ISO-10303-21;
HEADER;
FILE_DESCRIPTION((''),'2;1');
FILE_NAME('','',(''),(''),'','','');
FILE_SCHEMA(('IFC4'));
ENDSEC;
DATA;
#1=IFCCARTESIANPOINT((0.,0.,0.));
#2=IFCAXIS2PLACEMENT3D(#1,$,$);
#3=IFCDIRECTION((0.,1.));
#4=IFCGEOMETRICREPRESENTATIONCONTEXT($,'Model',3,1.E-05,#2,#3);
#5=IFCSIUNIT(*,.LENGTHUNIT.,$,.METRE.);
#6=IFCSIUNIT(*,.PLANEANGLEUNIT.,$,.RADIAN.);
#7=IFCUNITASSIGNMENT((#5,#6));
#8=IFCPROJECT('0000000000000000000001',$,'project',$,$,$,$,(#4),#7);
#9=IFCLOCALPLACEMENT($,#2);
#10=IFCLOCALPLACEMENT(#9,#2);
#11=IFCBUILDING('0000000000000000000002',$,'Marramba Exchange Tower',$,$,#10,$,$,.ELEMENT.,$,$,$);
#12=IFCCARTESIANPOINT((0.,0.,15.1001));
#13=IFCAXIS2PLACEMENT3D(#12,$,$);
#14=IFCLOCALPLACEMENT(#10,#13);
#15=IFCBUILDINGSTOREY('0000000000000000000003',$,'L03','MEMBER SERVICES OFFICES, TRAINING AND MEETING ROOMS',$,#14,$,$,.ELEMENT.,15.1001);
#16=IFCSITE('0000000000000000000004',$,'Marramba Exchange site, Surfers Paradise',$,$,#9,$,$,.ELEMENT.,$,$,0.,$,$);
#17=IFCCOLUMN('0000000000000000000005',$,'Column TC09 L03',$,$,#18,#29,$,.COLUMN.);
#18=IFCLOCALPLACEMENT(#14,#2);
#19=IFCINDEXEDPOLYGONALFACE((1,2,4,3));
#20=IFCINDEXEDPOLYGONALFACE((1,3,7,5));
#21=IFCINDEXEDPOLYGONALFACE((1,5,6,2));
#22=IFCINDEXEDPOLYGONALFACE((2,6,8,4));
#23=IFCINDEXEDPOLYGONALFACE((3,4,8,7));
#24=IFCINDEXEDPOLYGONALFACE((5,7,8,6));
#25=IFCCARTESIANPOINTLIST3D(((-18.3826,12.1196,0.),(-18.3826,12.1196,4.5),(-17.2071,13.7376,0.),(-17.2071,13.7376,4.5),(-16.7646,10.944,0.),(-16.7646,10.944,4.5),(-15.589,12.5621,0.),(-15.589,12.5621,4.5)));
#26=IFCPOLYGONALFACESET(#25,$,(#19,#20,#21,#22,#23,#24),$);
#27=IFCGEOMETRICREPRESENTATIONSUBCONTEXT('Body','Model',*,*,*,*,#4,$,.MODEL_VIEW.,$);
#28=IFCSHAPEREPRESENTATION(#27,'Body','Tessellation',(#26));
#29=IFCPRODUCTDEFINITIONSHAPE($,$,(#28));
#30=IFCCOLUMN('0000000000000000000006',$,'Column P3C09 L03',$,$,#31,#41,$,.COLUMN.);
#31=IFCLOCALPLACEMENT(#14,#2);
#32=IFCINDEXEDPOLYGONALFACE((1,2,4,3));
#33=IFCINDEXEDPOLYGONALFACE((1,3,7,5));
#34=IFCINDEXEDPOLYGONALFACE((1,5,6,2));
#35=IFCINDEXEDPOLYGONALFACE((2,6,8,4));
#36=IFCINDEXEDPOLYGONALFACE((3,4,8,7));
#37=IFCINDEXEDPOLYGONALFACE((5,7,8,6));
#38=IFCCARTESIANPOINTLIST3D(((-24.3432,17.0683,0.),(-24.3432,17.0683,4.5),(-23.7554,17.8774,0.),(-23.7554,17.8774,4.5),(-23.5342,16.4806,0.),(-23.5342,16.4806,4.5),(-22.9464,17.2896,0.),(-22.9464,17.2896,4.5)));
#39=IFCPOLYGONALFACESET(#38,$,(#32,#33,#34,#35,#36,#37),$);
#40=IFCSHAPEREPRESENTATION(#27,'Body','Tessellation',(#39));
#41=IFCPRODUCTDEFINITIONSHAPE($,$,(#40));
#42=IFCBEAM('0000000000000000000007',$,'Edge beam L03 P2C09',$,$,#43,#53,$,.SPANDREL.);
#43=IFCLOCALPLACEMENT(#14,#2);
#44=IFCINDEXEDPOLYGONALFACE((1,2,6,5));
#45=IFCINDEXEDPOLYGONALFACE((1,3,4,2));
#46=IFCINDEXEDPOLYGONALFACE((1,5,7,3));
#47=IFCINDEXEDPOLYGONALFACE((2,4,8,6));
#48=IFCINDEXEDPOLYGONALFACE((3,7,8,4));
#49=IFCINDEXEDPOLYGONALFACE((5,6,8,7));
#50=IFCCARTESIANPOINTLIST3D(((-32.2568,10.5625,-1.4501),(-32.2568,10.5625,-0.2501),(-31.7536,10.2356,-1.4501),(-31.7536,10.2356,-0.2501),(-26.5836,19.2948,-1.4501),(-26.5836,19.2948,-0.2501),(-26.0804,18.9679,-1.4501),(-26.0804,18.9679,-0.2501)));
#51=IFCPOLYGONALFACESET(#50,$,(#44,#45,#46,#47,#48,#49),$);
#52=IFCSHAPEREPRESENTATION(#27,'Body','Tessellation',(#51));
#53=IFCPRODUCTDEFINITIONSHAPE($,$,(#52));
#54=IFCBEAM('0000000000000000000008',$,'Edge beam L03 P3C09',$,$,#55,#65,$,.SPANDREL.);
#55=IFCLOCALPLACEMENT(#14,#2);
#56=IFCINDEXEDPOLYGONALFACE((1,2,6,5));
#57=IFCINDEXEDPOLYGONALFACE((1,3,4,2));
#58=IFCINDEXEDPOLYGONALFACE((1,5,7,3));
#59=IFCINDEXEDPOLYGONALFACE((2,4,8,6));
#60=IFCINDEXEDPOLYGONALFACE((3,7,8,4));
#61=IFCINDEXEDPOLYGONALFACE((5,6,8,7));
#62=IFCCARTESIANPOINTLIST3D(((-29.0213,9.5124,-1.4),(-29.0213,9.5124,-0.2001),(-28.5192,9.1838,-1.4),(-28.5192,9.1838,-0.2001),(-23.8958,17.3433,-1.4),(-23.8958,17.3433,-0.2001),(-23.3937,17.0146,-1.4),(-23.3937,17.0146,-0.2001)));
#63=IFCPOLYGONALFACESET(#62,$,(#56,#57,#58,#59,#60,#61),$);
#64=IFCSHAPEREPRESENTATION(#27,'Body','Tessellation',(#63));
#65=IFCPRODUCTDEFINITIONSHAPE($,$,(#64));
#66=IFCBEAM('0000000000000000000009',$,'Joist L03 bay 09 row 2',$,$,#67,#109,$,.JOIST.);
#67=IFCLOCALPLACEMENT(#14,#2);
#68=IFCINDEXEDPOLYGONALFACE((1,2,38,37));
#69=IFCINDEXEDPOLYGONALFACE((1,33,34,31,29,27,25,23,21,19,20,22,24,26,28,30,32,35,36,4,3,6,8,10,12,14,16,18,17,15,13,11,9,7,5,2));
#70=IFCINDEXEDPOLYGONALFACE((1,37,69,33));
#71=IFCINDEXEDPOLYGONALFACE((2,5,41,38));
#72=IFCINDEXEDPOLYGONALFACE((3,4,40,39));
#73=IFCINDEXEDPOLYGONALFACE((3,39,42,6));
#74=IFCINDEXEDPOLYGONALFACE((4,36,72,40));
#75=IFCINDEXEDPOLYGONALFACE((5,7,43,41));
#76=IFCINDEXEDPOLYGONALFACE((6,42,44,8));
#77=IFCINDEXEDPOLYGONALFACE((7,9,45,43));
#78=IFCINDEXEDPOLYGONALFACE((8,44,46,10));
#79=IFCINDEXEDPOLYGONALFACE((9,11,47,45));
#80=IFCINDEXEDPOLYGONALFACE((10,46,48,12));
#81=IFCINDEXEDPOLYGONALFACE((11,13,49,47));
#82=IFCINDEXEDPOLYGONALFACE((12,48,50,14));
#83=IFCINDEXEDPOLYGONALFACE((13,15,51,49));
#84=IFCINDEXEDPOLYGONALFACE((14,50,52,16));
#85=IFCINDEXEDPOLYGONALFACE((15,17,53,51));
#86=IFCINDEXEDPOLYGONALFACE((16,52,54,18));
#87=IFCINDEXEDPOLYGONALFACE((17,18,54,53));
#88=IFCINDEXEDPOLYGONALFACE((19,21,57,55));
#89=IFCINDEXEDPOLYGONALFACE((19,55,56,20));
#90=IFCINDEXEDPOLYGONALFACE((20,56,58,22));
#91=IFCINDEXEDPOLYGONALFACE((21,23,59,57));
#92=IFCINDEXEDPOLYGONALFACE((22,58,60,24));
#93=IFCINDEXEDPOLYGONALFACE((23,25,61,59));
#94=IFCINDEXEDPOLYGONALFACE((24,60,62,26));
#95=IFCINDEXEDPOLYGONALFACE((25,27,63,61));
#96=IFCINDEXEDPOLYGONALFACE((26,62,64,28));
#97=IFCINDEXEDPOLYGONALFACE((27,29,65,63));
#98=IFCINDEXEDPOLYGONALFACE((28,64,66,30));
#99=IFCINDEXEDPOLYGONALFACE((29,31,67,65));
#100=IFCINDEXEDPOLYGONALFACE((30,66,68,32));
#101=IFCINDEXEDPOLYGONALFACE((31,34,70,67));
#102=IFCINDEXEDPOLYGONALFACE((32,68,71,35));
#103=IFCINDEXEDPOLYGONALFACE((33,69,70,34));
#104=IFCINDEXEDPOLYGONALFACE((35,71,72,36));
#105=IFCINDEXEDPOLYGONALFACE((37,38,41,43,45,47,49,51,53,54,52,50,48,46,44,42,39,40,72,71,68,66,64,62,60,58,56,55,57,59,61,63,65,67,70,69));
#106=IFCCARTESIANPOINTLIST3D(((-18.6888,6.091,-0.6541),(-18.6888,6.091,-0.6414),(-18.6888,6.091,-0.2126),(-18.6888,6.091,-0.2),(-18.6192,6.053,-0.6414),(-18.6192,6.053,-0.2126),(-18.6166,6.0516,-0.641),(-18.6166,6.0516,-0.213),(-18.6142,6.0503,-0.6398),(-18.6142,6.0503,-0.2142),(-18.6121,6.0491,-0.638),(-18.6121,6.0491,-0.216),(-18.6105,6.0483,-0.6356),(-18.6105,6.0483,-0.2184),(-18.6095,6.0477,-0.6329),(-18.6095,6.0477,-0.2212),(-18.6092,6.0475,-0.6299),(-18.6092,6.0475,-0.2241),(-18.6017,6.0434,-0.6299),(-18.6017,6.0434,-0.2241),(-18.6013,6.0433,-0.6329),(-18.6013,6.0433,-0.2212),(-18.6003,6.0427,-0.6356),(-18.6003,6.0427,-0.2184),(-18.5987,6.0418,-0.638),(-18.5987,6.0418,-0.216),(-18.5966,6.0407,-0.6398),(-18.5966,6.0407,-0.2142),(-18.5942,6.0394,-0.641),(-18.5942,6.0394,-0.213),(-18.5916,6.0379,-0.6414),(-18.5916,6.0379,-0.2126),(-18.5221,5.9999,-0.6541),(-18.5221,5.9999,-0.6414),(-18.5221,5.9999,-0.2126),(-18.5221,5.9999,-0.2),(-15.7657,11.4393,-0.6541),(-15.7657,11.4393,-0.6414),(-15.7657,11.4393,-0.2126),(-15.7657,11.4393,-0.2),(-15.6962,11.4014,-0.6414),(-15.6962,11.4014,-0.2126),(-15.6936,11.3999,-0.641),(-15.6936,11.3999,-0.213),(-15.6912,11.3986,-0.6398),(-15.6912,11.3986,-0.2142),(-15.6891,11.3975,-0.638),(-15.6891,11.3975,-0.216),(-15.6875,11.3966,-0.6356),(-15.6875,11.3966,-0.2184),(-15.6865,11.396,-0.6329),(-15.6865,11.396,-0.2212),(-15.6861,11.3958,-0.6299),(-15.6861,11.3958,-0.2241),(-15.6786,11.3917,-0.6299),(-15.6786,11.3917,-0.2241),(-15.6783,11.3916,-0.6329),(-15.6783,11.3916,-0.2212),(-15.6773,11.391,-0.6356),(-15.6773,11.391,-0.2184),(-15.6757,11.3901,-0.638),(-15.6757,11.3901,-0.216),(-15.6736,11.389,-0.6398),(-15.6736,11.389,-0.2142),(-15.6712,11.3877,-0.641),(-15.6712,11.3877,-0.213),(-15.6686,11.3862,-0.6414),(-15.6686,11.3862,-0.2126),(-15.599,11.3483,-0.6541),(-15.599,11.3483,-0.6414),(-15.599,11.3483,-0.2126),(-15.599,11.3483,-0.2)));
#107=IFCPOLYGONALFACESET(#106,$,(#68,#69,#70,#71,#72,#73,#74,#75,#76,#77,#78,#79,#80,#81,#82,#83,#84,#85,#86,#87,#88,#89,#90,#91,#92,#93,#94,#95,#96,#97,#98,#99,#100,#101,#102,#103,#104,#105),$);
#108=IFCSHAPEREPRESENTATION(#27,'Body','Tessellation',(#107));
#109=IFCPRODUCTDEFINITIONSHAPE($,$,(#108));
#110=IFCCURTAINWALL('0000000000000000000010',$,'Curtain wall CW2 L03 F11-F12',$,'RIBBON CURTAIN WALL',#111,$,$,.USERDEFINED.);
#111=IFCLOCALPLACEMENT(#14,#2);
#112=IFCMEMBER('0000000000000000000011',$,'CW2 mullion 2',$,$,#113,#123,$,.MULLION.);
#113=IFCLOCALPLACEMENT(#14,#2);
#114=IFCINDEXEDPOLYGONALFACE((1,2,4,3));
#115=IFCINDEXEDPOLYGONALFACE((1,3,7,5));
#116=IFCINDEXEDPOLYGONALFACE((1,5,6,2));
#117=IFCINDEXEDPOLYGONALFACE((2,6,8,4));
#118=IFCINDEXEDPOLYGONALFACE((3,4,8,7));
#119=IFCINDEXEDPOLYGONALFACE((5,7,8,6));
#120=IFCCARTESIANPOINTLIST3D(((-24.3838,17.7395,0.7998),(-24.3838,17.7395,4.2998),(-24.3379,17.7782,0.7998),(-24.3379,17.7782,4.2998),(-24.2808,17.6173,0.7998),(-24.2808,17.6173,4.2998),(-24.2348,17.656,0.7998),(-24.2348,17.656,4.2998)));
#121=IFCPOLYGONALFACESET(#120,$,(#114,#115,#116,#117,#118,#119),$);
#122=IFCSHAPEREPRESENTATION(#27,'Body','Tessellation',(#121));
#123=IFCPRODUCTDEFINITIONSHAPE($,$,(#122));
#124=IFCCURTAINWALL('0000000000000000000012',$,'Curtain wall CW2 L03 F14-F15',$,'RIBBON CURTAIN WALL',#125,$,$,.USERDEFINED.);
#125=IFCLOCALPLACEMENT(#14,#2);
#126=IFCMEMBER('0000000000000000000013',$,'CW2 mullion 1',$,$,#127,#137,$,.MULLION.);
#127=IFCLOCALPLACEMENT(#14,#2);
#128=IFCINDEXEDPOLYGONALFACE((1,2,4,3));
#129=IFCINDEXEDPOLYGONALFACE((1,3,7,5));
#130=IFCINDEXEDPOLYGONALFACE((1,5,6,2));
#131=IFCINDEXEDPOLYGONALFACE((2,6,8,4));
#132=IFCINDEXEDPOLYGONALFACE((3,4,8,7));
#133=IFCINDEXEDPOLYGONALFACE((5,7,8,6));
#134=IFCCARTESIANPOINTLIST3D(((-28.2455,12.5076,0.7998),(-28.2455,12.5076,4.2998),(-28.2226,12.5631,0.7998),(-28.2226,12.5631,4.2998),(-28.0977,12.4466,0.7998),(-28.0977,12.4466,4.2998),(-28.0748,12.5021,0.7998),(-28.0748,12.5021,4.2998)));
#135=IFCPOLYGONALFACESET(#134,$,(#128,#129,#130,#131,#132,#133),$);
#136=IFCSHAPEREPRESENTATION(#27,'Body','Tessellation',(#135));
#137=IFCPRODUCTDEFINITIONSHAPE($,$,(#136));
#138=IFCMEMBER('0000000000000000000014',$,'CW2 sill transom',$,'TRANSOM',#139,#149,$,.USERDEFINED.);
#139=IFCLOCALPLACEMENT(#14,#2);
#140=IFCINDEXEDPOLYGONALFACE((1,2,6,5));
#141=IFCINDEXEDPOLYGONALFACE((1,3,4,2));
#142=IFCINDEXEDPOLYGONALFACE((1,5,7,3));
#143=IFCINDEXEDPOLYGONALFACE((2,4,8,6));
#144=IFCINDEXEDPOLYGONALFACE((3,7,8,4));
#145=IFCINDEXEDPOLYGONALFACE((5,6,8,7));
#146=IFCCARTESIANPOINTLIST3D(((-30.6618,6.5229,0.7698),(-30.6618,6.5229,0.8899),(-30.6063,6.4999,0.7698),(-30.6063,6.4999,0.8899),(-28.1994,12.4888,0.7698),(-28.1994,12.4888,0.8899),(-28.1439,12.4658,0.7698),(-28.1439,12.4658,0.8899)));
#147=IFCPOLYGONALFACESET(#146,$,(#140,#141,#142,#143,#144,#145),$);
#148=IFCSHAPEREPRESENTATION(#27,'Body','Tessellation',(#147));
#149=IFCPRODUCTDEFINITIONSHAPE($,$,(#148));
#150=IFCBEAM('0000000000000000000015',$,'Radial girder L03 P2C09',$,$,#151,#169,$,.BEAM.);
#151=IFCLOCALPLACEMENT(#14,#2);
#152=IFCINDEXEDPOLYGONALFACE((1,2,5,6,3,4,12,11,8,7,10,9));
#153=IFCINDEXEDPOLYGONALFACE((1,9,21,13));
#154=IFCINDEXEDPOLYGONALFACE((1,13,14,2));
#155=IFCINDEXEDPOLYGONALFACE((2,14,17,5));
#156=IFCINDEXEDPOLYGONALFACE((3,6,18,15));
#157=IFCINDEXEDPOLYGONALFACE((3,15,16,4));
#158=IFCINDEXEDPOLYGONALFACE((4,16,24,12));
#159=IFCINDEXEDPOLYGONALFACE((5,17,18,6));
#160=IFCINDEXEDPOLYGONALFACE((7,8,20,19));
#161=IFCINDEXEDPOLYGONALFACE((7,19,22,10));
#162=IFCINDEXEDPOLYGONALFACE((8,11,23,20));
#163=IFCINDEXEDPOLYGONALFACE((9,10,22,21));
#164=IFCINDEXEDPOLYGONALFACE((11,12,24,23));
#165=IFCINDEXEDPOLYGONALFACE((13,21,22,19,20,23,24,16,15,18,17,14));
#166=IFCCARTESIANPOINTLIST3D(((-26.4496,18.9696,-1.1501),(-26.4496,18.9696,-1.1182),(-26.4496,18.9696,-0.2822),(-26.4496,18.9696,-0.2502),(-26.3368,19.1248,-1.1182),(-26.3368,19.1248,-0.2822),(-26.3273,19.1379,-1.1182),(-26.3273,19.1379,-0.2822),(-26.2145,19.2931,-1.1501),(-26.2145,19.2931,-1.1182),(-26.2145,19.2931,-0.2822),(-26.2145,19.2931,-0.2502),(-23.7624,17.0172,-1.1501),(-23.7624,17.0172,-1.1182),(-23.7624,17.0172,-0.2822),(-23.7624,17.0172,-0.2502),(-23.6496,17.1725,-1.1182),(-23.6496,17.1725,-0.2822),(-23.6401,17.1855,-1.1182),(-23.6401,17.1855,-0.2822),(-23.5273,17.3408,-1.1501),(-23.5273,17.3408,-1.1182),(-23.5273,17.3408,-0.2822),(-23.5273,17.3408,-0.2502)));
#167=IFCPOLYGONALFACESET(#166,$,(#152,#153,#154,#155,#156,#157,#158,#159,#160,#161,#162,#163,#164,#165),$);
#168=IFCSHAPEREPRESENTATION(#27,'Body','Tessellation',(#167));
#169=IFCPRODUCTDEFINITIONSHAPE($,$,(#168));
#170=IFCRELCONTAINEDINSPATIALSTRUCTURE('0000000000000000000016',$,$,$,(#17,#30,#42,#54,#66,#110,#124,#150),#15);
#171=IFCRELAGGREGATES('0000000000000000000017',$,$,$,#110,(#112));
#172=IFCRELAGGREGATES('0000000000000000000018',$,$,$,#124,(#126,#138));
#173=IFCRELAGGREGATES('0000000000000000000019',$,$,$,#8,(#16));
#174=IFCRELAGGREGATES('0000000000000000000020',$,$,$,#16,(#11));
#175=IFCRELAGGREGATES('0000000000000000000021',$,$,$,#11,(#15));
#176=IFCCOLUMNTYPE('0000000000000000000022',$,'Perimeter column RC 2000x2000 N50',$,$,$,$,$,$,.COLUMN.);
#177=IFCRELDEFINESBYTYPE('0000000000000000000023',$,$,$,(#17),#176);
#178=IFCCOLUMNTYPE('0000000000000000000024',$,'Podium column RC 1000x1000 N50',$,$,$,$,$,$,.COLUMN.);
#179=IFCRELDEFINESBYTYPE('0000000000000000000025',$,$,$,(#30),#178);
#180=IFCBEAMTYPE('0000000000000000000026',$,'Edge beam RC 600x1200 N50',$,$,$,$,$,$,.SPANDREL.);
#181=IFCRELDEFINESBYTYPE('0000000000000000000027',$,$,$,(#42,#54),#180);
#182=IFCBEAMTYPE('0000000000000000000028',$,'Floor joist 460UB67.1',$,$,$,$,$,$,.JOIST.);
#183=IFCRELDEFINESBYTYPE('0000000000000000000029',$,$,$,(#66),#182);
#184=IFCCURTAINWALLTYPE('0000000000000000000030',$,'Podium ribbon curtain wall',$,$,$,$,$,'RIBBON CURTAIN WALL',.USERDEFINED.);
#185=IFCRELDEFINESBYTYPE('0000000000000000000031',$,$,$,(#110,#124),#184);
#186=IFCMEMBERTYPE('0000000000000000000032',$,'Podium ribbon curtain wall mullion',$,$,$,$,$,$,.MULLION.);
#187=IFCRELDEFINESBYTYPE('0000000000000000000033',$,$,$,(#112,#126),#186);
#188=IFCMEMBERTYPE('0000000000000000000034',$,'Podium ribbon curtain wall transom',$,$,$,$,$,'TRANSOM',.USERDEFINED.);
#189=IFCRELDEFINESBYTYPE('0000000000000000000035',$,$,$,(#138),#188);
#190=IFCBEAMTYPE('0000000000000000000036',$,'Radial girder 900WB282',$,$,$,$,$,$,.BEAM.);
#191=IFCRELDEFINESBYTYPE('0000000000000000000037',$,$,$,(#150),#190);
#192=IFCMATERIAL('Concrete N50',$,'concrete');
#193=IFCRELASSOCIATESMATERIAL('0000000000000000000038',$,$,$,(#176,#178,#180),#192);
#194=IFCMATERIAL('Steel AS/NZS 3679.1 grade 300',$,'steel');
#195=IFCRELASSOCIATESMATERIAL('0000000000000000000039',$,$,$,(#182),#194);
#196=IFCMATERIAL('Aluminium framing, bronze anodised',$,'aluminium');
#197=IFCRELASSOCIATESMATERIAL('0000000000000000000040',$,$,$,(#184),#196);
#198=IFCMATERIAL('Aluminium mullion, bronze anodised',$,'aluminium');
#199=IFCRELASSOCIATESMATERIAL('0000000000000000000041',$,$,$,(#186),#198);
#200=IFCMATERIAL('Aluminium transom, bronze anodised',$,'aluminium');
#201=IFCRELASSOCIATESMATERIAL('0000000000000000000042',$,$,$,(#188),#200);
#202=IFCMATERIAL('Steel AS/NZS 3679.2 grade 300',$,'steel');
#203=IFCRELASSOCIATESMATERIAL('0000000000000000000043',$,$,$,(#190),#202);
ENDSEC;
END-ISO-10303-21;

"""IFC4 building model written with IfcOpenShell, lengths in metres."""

from ifc_helpers import new_model, si_unit, direction, frame, origin, origin_2d, place, context, subcontext, project, spatial, rectangle, i_section, extrude, material, material_profile, profile_set, type_object, element, aggregate, save


model = new_model("IFC4")

# Units and contexts
model_context = context("Model", 3, precision=1e-05, world=origin(), true_north=direction((0.0, 1.0)))
body_context = subcontext(model_context, "Body", "Model", "MODEL_VIEW")
ifc_project = project(units=[si_unit("LENGTHUNIT", "METRE"), si_unit("PLANEANGLEUNIT", "RADIAN")], contexts=[model_context])

# Site, building, storey
site_placement = place(None, origin())
site = spatial("IfcSite", under=ifc_project, at=site_placement, Name="Marramba Exchange site, Surfers Paradise", CompositionType="ELEMENT", RefElevation=0.0)
building_placement = place(site_placement, origin())
building = spatial("IfcBuilding", under=site, at=building_placement, Name="Marramba Exchange Tower", CompositionType="ELEMENT")
storey_placement = place(building_placement, frame((0.0, 0.0, 15.1001)))
storey = spatial("IfcBuildingStorey", under=building, at=storey_placement, Name="L03", Description="MEMBER SERVICES OFFICES, TRAINING AND MEETING ROOMS", CompositionType="ELEMENT", Elevation=15.1001)

# Columns
ifc_material_1 = material(Name="Concrete N50", Category="concrete")
ifc_material_profile_1 = material_profile(ifc_material_1, rectangle(XDim=2.0, YDim=2.0, at=origin_2d()), Name="RC 2000x2000")
ifc_profile_set_1 = profile_set([ifc_material_profile_1], Name="Concrete N50")
column_type_1 = type_object("IfcColumnType", Name="Perimeter column RC 2000x2000 N50", PredefinedType="COLUMN", material=ifc_profile_set_1)
column_1_placement = place(storey_placement, frame((-16.9858, 12.3408, 0.0), z_axis=(0.0, 0.0, 1.0), x_axis=(-0.809017, 0.587785, 0.0)))
element("IfcColumn", 1, at=column_1_placement, inside=storey, type_object=column_type_1, Name="Column TC09 L03", PredefinedType="COLUMN", context=body_context, shape_type="SweptSolid", body=[
    extrude(rectangle(XDim=2.0, YDim=2.0, at=origin_2d()), origin(), (0.0, 0.0, 1.0), 4.5),
])
ifc_material_profile_2 = material_profile(ifc_material_1, rectangle(XDim=1.0, YDim=1.0, at=origin_2d()), Name="RC 1000x1000")
ifc_profile_set_2 = profile_set([ifc_material_profile_2], Name="Concrete N50")
column_type_2 = type_object("IfcColumnType", Name="Podium column RC 1000x1000 N50", PredefinedType="COLUMN", material=ifc_profile_set_2)
column_2_placement = place(storey_placement, frame((-23.6448, 17.179, 0.0), z_axis=(0.0, 0.0, 1.0), x_axis=(-0.809017, 0.587785, 0.0)))
element("IfcColumn", 2, at=column_2_placement, inside=storey, type_object=column_type_2, Name="Column P3C09 L03", PredefinedType="COLUMN", context=body_context, shape_type="SweptSolid", body=[
    extrude(rectangle(XDim=1.0, YDim=1.0, at=origin_2d()), origin(), (0.0, 0.0, 1.0), 4.5),
])

# Beams
ifc_material_profile_3 = material_profile(ifc_material_1, rectangle(XDim=0.6001, YDim=1.2, at=origin_2d()), Name="RC 600x1200")
ifc_profile_set_3 = profile_set([ifc_material_profile_3], Name="Concrete N50")
beam_type_1 = type_object("IfcBeamType", Name="Edge beam RC 600x1200 N50", PredefinedType="SPANDREL", material=ifc_profile_set_3)
beam_1_placement = place(storey_placement, frame((-26.332, 19.1313, -0.8501), z_axis=(-0.544798, -0.838567, 0.0), x_axis=(0.838567, -0.544798, 0.0)))
element("IfcBeam", 3, at=beam_1_placement, inside=storey, type_object=beam_type_1, Name="Edge beam L03 P2C09", PredefinedType="SPANDREL", context=body_context, shape_type="SweptSolid", body=[
    extrude(rectangle(XDim=0.6001, YDim=1.2, at=origin_2d()), origin(), (0.0, 0.0, 1.0), 10.4133),
])
beam_2_placement = place(storey_placement, frame((-23.6448, 17.179, -0.8), z_axis=(-0.547649, -0.836708, 0.0), x_axis=(0.836708, -0.547649, 0.0)))
element("IfcBeam", 4, at=beam_2_placement, inside=storey, type_object=beam_type_1, Name="Edge beam L03 P3C09", PredefinedType="SPANDREL", context=body_context, shape_type="SweptSolid", body=[
    extrude(rectangle(XDim=0.6001, YDim=1.2, at=origin_2d()), origin(), (0.0, 0.0, 1.0), 9.3591),
])
ifc_material_2 = material(Name="Steel AS/NZS 3679.1 grade 300", Category="steel")
ifc_material_profile_4 = material_profile(ifc_material_2, i_section(OverallWidth=0.1899, OverallDepth=0.4541, WebThickness=0.0085, FlangeThickness=0.0127, FilletRadius=0.0115, at=origin_2d()), Name="460UB67.1")
ifc_profile_set_4 = profile_set([ifc_material_profile_4], Name="Steel AS/NZS 3679.1 grade 300")
beam_type_2 = type_object("IfcBeamType", Name="Floor joist 460UB67.1", PredefinedType="JOIST", material=ifc_profile_set_4)
beam_3_placement = place(storey_placement, frame((-15.6824, 11.3938, -0.427), z_axis=(-0.479584, -0.877496, 0.0), x_axis=(0.877496, -0.479584, 0.0)))
element("IfcBeam", 5, at=beam_3_placement, inside=storey, type_object=beam_type_2, Name="Joist L03 bay 09 row 2", PredefinedType="JOIST", context=body_context, shape_type="SweptSolid", body=[
    extrude(i_section(OverallWidth=0.1899, OverallDepth=0.4541, WebThickness=0.0085, FlangeThickness=0.0127, FilletRadius=0.0115, at=origin_2d()), origin(), (0.0, 0.0, 1.0), 6.095),
])

# Curtain wall, member
ifc_material_3 = material(Name="Aluminium framing, bronze anodised", Category="aluminium")
curtain_wall_type = type_object("IfcCurtainWallType", Name="Podium ribbon curtain wall", ElementType="RIBBON CURTAIN WALL", PredefinedType="USERDEFINED", material=ifc_material_3)
curtain_wall_1_placement = place(storey_placement, origin())
curtain_wall_1 = element("IfcCurtainWall", 6, at=curtain_wall_1_placement, inside=storey, type_object=curtain_wall_type, Name="Curtain wall CW2 L03 F11-F12", ObjectType="RIBBON CURTAIN WALL", PredefinedType="USERDEFINED")
ifc_material_4 = material(Name="Aluminium mullion, bronze anodised", Category="aluminium")
ifc_material_profile_5 = material_profile(ifc_material_4, rectangle(XDim=0.1599, YDim=0.0601, at=origin_2d()), Name="CW2 mullion 60x160")
ifc_profile_set_5 = profile_set([ifc_material_profile_5], Name="Aluminium mullion, bronze anodised")
member_type_1 = type_object("IfcMemberType", Name="Podium ribbon curtain wall mullion", PredefinedType="MULLION", material=ifc_profile_set_5)
member_1_placement = place(storey_placement, frame((-24.3093, 17.6978, 0.7998), z_axis=(0.0, 0.0, 1.0), x_axis=(0.64439, -0.764697, 0.0)))
member_1 = element("IfcMember", 7, at=member_1_placement, type_object=member_type_1, Name="CW2 mullion 2", PredefinedType="MULLION", context=body_context, shape_type="SweptSolid", body=[
    extrude(rectangle(XDim=0.1599, YDim=0.0601, at=origin_2d()), origin(), (0.0, 0.0, 1.0), 3.5),
])
aggregate(curtain_wall_1, [member_1])

# Curtain wall, members
curtain_wall_2_placement = place(storey_placement, origin())
curtain_wall_2 = element("IfcCurtainWall", 8, at=curtain_wall_2_placement, inside=storey, type_object=curtain_wall_type, Name="Curtain wall CW2 L03 F14-F15", ObjectType="RIBBON CURTAIN WALL", PredefinedType="USERDEFINED")
member_2_placement = place(storey_placement, frame((-28.1602, 12.5049, 0.7998), z_axis=(0.0, 0.0, 1.0), x_axis=(0.924363, -0.381514, 0.0)))
member_2 = element("IfcMember", 9, at=member_2_placement, type_object=member_type_1, Name="CW2 mullion 1", PredefinedType="MULLION", context=body_context, shape_type="SweptSolid", body=[
    extrude(rectangle(XDim=0.1599, YDim=0.0601, at=origin_2d()), origin(), (0.0, 0.0, 1.0), 3.5),
])
ifc_material_5 = material(Name="Aluminium transom, bronze anodised", Category="aluminium")
ifc_material_profile_6 = material_profile(ifc_material_5, rectangle(XDim=0.0601, YDim=0.1201, at=origin_2d()), Name="CW2 transom 60x120")
ifc_profile_set_6 = profile_set([ifc_material_profile_6], Name="Aluminium transom, bronze anodised")
member_type_2 = type_object("IfcMemberType", Name="Podium ribbon curtain wall transom", ElementType="TRANSOM", PredefinedType="USERDEFINED", material=ifc_profile_set_6)
member_3_placement = place(storey_placement, frame((-28.1716, 12.4773, 0.8298), z_axis=(-0.38153, -0.924357, 0.0), x_axis=(0.924357, -0.38153, 0.0)))
member_3 = element("IfcMember", 10, at=member_3_placement, type_object=member_type_2, Name="CW2 sill transom", ObjectType="TRANSOM", PredefinedType="USERDEFINED", context=body_context, shape_type="SweptSolid", body=[
    extrude(rectangle(XDim=0.0601, YDim=0.1201, at=origin_2d()), origin(), (0.0, 0.0, 1.0), 6.4541),
])
aggregate(curtain_wall_2, [member_2, member_3])

# Beam
ifc_material_6 = material(Name="Steel AS/NZS 3679.2 grade 300", Category="steel")
ifc_material_profile_7 = material_profile(ifc_material_6, i_section(OverallWidth=0.3999, OverallDepth=0.8999, WebThickness=0.0161, FlangeThickness=0.032, at=origin_2d()), Name="900WB282")
ifc_profile_set_7 = profile_set([ifc_material_profile_7], Name="Steel AS/NZS 3679.2 grade 300")
beam_type_3 = type_object("IfcBeamType", Name="Radial girder 900WB282", PredefinedType="BEAM", material=ifc_profile_set_7)
beam_4_placement = place(storey_placement, frame((-26.332, 19.1313, -0.7002), z_axis=(0.809019, -0.587783, 0.0), x_axis=(0.587783, 0.809019, 0.0)))
element("IfcBeam", 11, at=beam_4_placement, inside=storey, type_object=beam_type_3, Name="Radial girder L03 P2C09", PredefinedType="BEAM", context=body_context, shape_type="SweptSolid", body=[
    extrude(i_section(OverallWidth=0.3999, OverallDepth=0.8999, WebThickness=0.0161, FlangeThickness=0.032, at=origin_2d()), origin(), (0.0, 0.0, 1.0), 3.3215),
])

save(model, "model.ifc")
